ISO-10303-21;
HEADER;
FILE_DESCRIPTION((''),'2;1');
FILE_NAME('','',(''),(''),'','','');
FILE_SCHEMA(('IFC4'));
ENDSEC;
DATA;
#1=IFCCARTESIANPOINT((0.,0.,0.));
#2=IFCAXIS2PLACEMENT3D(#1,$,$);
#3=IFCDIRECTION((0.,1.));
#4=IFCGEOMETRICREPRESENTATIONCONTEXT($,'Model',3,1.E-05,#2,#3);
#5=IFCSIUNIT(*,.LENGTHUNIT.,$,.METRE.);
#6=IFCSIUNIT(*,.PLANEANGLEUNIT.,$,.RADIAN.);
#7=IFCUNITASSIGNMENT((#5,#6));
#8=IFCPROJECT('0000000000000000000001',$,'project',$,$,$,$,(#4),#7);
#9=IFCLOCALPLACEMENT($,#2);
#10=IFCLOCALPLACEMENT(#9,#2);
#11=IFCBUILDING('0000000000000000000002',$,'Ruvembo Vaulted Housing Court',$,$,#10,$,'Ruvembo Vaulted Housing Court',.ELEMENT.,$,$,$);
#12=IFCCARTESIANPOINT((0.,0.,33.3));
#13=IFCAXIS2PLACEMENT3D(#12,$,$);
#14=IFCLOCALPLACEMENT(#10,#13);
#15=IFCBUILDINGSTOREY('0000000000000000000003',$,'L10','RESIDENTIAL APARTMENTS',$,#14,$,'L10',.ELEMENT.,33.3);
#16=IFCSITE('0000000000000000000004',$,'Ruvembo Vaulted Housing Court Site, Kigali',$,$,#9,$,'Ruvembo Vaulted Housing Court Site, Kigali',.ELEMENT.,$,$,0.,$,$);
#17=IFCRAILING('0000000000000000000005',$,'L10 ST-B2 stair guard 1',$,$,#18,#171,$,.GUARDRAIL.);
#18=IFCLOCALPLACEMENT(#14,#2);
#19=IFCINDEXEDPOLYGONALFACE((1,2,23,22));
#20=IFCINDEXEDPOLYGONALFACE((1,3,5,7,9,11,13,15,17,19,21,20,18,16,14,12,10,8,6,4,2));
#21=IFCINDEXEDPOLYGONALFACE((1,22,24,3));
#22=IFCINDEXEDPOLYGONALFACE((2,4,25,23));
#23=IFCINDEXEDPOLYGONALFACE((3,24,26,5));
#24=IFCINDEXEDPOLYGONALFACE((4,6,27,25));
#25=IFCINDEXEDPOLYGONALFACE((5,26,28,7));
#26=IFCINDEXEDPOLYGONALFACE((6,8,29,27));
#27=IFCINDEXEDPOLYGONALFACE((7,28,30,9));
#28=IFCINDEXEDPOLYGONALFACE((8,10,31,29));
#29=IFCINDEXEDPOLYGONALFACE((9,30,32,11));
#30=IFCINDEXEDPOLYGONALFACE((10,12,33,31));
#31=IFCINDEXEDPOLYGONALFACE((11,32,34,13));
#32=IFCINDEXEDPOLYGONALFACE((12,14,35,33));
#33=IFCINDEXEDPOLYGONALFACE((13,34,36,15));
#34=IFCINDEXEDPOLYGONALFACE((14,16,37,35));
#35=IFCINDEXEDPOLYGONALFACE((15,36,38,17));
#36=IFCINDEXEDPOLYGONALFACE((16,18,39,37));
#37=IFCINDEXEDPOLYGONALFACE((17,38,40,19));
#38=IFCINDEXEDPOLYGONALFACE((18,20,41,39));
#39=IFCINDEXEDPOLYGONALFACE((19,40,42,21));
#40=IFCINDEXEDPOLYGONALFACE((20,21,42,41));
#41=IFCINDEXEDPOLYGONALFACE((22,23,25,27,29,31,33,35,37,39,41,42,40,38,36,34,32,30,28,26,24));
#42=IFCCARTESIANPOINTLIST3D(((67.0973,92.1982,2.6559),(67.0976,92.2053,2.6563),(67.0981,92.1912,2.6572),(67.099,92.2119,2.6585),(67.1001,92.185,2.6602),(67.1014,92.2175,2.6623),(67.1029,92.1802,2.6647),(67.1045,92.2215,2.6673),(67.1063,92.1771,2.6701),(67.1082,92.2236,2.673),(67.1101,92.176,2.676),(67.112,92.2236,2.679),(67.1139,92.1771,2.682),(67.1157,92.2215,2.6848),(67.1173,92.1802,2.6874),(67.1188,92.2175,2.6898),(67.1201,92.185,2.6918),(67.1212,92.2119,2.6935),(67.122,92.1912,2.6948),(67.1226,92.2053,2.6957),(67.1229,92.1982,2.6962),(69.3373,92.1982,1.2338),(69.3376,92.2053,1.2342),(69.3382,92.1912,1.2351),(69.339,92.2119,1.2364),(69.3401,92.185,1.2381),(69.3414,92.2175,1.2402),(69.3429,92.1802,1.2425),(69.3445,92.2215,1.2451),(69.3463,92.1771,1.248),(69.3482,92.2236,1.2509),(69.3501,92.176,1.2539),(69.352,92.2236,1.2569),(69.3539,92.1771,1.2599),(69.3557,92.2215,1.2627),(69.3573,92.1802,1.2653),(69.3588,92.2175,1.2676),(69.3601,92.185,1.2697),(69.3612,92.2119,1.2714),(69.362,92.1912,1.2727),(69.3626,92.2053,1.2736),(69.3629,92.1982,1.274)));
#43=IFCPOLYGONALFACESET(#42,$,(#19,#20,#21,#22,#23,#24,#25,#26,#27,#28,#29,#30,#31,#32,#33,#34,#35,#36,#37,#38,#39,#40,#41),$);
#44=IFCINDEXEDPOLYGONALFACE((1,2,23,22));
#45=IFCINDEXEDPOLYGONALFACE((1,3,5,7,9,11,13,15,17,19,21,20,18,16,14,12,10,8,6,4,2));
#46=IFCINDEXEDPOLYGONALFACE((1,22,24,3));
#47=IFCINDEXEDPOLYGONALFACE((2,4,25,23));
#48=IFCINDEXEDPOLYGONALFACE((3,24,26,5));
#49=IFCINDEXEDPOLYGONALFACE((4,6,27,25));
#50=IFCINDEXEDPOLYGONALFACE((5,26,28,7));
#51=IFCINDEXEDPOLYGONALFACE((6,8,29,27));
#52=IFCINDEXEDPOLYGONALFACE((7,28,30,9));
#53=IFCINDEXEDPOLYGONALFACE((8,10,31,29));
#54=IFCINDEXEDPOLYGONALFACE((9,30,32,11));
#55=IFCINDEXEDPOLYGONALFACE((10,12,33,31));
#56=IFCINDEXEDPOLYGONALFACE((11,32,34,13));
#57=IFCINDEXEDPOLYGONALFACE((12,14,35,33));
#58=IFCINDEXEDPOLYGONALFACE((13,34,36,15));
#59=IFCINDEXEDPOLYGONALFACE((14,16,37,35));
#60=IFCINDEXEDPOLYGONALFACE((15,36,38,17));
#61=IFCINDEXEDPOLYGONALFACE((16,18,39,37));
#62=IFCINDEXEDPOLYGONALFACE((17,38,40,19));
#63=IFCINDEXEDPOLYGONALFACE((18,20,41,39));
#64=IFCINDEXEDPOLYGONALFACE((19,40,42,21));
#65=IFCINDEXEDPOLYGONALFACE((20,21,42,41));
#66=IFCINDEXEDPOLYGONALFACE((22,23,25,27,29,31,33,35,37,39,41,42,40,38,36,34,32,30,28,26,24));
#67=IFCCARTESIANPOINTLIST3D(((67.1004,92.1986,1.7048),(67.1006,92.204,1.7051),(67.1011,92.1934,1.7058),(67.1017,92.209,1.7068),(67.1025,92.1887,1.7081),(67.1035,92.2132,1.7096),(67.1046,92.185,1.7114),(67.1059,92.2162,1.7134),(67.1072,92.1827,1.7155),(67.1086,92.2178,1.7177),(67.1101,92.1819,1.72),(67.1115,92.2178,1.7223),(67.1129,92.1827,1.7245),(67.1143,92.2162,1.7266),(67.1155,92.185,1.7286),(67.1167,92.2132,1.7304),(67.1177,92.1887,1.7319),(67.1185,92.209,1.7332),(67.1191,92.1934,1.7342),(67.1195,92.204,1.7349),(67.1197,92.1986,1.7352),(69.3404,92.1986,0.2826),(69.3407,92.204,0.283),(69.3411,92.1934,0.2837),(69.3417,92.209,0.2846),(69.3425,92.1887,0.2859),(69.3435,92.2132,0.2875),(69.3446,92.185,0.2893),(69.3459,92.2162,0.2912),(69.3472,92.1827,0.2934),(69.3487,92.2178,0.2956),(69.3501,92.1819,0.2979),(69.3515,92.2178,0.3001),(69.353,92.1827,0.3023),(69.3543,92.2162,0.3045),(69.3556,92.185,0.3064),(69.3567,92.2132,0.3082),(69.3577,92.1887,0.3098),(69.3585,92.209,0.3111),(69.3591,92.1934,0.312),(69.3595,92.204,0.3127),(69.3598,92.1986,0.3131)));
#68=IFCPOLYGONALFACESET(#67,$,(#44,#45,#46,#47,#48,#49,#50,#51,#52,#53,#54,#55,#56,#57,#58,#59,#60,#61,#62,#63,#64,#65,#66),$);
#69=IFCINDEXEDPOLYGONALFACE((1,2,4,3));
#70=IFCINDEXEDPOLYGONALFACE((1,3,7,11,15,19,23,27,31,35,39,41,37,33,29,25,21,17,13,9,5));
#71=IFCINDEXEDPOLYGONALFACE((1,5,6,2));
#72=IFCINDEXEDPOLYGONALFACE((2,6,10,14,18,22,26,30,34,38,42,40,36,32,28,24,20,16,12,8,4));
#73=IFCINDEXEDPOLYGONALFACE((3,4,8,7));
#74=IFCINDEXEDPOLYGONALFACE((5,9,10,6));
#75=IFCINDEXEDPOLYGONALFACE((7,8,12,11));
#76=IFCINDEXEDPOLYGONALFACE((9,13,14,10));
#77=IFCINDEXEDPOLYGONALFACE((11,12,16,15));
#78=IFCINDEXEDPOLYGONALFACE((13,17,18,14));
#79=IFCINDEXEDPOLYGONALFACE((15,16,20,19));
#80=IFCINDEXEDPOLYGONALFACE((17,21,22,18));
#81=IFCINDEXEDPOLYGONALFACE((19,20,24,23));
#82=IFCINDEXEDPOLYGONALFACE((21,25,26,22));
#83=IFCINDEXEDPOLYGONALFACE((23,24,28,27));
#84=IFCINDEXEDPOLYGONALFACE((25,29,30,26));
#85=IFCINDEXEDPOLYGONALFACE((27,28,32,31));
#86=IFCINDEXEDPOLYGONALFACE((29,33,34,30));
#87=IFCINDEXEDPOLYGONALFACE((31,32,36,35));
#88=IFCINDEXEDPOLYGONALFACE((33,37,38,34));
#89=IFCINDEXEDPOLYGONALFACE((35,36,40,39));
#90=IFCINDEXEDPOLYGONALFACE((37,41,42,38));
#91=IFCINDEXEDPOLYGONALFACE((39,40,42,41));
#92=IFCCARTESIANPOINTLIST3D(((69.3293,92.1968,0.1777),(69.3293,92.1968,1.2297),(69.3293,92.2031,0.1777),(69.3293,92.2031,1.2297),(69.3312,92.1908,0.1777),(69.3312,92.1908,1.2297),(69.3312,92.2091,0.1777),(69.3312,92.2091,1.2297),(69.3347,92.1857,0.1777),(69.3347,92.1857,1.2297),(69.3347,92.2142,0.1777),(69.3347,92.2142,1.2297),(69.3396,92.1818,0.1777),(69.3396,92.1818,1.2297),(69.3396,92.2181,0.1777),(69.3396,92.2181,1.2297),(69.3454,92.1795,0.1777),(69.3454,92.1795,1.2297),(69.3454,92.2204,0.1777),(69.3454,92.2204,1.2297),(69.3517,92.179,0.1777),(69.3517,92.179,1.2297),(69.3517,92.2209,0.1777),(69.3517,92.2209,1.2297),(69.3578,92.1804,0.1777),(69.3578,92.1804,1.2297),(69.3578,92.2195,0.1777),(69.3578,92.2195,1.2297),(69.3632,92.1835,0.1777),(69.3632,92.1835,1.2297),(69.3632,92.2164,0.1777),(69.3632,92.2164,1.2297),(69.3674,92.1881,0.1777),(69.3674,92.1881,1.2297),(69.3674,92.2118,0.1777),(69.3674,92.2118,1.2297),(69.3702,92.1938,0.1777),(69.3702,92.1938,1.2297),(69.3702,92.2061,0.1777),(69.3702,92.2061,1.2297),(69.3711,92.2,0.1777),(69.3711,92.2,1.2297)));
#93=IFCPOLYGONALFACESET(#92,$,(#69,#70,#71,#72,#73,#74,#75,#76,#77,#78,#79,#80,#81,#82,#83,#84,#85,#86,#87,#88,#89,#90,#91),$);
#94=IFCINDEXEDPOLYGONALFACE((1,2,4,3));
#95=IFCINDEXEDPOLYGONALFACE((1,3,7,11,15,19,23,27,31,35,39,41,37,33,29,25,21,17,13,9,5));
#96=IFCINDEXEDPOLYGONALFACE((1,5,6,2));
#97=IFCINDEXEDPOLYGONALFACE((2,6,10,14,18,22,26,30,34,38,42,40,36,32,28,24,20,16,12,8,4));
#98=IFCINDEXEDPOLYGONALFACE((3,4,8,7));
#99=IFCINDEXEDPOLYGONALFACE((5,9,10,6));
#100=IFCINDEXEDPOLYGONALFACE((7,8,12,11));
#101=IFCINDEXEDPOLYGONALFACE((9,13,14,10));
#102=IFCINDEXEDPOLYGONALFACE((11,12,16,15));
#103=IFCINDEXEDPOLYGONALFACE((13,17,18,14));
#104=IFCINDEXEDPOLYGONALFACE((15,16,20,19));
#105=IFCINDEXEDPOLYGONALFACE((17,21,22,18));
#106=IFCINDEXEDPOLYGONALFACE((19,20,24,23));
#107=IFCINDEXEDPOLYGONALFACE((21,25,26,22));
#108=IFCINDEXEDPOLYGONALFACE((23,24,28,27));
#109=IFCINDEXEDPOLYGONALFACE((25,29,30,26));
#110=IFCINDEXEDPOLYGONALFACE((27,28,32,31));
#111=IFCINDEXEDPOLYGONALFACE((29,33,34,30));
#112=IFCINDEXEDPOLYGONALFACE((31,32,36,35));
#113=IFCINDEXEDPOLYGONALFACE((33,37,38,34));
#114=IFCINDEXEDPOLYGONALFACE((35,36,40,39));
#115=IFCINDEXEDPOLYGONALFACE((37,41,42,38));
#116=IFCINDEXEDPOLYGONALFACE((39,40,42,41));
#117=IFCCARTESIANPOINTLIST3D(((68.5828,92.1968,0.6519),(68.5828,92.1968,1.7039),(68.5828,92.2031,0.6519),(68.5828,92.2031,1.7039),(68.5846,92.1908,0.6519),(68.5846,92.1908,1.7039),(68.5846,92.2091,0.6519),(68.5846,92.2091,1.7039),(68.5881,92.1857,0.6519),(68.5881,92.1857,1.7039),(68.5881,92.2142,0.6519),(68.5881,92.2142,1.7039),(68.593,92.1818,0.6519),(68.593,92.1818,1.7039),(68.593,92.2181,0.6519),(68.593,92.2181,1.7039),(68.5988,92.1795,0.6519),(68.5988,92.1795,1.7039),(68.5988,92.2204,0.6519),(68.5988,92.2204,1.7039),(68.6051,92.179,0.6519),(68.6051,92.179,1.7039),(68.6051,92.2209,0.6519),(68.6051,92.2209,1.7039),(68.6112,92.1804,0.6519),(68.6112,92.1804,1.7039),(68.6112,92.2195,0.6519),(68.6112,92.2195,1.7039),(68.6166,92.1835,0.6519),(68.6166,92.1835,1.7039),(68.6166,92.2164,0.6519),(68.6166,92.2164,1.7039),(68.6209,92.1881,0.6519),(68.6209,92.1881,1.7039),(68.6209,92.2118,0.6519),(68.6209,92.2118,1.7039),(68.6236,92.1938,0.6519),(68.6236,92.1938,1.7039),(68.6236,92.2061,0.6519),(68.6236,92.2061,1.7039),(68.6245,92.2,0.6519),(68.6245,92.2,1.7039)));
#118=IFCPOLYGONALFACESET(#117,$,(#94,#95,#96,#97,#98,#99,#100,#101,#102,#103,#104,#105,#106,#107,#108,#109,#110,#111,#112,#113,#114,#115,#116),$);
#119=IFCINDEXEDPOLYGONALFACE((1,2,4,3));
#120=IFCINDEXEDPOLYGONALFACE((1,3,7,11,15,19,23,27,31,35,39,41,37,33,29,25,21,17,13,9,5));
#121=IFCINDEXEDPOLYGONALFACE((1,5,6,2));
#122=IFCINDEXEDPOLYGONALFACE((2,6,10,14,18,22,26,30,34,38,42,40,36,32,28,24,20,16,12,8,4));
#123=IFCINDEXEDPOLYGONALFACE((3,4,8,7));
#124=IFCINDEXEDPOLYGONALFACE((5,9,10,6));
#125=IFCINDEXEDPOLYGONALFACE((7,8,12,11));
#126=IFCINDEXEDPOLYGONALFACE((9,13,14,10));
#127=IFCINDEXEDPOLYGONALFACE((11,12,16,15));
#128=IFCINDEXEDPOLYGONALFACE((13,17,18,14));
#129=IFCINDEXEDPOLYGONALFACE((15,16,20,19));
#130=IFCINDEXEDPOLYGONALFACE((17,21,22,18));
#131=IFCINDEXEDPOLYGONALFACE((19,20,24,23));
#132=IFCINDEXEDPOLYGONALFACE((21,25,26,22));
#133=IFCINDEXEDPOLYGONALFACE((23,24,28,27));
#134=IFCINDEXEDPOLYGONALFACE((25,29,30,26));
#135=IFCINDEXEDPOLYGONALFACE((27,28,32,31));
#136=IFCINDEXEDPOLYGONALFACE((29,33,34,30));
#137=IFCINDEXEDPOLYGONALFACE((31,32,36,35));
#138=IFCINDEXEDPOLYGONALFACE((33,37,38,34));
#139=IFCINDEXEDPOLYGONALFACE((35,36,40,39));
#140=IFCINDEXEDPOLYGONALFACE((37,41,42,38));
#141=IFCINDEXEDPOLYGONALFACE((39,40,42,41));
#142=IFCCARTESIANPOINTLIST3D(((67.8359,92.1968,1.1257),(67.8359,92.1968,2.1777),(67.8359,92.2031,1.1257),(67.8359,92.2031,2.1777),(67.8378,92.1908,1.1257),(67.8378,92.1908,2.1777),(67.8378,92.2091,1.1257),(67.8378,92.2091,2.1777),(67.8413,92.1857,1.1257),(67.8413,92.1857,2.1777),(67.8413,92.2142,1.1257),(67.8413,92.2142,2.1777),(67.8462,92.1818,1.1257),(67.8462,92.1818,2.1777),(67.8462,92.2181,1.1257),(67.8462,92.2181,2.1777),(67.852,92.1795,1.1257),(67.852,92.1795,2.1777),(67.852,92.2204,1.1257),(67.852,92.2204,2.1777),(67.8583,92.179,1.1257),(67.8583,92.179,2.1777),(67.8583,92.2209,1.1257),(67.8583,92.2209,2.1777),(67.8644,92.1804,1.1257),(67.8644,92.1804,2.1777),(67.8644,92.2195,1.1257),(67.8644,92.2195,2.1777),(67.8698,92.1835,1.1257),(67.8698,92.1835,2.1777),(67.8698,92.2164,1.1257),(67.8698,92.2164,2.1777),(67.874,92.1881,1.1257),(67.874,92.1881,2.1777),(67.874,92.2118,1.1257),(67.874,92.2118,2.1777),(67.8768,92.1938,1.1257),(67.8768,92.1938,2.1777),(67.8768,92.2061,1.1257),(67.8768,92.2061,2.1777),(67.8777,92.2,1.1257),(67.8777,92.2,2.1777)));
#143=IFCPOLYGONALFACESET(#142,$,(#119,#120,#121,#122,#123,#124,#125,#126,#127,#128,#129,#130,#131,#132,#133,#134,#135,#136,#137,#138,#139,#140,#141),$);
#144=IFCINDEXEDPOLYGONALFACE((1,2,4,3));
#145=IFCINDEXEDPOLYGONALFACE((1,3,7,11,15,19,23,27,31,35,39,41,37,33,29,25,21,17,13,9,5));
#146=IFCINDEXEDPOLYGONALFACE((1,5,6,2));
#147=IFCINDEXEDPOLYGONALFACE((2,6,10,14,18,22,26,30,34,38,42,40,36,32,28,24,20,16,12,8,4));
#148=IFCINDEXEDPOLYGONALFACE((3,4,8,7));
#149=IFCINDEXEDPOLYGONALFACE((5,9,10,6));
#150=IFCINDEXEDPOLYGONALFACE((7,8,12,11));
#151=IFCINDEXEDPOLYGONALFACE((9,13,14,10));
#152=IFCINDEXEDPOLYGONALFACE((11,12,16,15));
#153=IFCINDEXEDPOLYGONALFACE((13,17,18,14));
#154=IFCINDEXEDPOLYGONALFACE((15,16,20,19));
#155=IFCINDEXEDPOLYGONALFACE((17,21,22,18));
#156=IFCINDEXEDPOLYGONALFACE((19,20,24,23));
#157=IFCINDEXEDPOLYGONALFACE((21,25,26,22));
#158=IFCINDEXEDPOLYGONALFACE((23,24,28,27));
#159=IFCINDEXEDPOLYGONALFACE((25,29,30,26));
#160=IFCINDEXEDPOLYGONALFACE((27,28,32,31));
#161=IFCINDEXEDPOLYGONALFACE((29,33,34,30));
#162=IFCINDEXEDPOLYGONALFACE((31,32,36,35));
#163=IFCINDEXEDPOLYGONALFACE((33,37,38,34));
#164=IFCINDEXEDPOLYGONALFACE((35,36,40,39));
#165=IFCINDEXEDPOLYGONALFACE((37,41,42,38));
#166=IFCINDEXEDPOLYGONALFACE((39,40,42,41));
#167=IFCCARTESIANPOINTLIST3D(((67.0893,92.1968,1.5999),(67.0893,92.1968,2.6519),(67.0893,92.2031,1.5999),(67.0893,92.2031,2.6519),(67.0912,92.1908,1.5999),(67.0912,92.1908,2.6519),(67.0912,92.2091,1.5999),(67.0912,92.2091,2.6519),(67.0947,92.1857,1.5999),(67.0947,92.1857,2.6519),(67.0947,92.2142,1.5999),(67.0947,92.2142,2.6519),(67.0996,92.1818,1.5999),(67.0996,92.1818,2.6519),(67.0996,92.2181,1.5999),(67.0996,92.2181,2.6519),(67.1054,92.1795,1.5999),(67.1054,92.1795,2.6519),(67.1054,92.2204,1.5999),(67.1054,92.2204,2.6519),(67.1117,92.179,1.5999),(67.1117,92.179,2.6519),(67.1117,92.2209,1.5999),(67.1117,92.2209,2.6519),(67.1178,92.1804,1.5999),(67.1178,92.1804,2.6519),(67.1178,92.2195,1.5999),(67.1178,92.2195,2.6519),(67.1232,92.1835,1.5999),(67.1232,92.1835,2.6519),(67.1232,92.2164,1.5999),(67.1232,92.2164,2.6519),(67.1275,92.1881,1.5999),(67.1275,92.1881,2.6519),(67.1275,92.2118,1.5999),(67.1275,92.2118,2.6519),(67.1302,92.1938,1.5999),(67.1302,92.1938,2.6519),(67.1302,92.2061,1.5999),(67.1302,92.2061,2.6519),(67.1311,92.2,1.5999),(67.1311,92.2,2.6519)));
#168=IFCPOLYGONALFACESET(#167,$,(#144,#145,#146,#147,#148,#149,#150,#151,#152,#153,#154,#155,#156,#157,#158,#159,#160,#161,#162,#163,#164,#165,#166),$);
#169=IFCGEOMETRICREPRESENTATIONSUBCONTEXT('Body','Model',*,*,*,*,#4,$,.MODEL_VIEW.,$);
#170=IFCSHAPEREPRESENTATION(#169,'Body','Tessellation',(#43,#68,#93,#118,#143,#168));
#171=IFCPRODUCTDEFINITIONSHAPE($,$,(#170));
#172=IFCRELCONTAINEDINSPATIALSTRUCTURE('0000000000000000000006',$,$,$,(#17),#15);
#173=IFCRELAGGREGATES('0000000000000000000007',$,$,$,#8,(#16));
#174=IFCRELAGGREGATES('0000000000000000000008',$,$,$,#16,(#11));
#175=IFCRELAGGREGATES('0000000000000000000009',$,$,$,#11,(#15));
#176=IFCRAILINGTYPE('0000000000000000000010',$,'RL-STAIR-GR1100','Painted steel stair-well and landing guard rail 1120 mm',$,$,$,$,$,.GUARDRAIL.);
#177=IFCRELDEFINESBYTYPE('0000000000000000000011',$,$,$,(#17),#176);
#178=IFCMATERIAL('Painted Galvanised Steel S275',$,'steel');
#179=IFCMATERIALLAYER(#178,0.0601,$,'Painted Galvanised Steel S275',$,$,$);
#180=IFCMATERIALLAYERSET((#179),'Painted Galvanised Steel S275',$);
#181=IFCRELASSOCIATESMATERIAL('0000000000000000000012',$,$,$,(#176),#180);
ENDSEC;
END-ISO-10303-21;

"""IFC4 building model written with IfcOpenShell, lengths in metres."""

from ifc_helpers import new_model, si_unit, direction, frame, origin, origin_2d, place, context, subcontext, project, spatial, circle, extrude, material, layer, layer_set, type_object, element, save


model = new_model("IFC4")

# Units and contexts
model_context = context("Model", 3, precision=1e-05, world=origin(), true_north=direction((0.0, 1.0)))
body_context = subcontext(model_context, "Body", "Model", "MODEL_VIEW")
ifc_project = project(units=[si_unit("LENGTHUNIT", "METRE"), si_unit("PLANEANGLEUNIT", "RADIAN")], contexts=[model_context])

# Site, building, storey
site_placement = place(None, origin())
site = spatial("IfcSite", under=ifc_project, at=site_placement, Name="Ruvembo Vaulted Housing Court Site, Kigali", LongName="Ruvembo Vaulted Housing Court Site, Kigali", CompositionType="ELEMENT", RefElevation=0.0)
building_placement = place(site_placement, origin())
building = spatial("IfcBuilding", under=site, at=building_placement, Name="Ruvembo Vaulted Housing Court", LongName="Ruvembo Vaulted Housing Court", CompositionType="ELEMENT")
storey_placement = place(building_placement, frame((0.0, 0.0, 33.3)))
storey = spatial("IfcBuildingStorey", under=building, at=storey_placement, Name="L10", Description="RESIDENTIAL APARTMENTS", LongName="L10", CompositionType="ELEMENT", Elevation=33.3)

# Railing
ifc_material_1 = material(Name="Painted Galvanised Steel S275", Category="steel")
ifc_layer_1 = layer(ifc_material_1, 0.0601, Name="Painted Galvanised Steel S275")
ifc_layer_set_1 = layer_set([ifc_layer_1], Name="Painted Galvanised Steel S275")
railing_type_1 = type_object("IfcRailingType", Name="RL-STAIR-GR1100", Description="Painted steel stair-well and landing guard rail 1120 mm", PredefinedType="GUARDRAIL", material=ifc_layer_set_1)
railing_1_placement = place(storey_placement, frame((69.3501, 92.2, 0.1777)))
element("IfcRailing", 1, at=railing_1_placement, inside=storey, type_object=railing_type_1, Name="L10 ST-B2 stair guard 1", PredefinedType="GUARDRAIL", context=body_context, shape_type="SweptSolid", body=[
    extrude(circle(Radius=0.0239, at=origin_2d()), frame((0.0, 0.0, 1.0762), z_axis=(-0.844229, 0.0, 0.535982), x_axis=(0.0, -1.0, 0.0)), (0.0, 0.0, 1.0), 2.6533),
    extrude(circle(Radius=0.0181, at=origin_2d()), frame((0.0, 0.0, 0.1201), z_axis=(-0.844229, 0.0, 0.535982), x_axis=(0.0, -1.0, 0.0)), (0.0, 0.0, 1.0), 2.6533),
    extrude(circle(Radius=0.021, at=origin_2d()), origin(), (0.0, 0.0, 1.0), 1.052),
    extrude(circle(Radius=0.021, at=origin_2d()), frame((-0.7466, 0.0, 0.4741)), (0.0, 0.0, 1.0), 1.052),
    extrude(circle(Radius=0.021, at=origin_2d()), frame((-1.4934, 0.0, 0.948)), (0.0, 0.0, 1.0), 1.052),
    extrude(circle(Radius=0.021, at=origin_2d()), frame((-2.24, 0.0, 1.4221)), (0.0, 0.0, 1.0), 1.052),
])

save(model, "model.ifc")
